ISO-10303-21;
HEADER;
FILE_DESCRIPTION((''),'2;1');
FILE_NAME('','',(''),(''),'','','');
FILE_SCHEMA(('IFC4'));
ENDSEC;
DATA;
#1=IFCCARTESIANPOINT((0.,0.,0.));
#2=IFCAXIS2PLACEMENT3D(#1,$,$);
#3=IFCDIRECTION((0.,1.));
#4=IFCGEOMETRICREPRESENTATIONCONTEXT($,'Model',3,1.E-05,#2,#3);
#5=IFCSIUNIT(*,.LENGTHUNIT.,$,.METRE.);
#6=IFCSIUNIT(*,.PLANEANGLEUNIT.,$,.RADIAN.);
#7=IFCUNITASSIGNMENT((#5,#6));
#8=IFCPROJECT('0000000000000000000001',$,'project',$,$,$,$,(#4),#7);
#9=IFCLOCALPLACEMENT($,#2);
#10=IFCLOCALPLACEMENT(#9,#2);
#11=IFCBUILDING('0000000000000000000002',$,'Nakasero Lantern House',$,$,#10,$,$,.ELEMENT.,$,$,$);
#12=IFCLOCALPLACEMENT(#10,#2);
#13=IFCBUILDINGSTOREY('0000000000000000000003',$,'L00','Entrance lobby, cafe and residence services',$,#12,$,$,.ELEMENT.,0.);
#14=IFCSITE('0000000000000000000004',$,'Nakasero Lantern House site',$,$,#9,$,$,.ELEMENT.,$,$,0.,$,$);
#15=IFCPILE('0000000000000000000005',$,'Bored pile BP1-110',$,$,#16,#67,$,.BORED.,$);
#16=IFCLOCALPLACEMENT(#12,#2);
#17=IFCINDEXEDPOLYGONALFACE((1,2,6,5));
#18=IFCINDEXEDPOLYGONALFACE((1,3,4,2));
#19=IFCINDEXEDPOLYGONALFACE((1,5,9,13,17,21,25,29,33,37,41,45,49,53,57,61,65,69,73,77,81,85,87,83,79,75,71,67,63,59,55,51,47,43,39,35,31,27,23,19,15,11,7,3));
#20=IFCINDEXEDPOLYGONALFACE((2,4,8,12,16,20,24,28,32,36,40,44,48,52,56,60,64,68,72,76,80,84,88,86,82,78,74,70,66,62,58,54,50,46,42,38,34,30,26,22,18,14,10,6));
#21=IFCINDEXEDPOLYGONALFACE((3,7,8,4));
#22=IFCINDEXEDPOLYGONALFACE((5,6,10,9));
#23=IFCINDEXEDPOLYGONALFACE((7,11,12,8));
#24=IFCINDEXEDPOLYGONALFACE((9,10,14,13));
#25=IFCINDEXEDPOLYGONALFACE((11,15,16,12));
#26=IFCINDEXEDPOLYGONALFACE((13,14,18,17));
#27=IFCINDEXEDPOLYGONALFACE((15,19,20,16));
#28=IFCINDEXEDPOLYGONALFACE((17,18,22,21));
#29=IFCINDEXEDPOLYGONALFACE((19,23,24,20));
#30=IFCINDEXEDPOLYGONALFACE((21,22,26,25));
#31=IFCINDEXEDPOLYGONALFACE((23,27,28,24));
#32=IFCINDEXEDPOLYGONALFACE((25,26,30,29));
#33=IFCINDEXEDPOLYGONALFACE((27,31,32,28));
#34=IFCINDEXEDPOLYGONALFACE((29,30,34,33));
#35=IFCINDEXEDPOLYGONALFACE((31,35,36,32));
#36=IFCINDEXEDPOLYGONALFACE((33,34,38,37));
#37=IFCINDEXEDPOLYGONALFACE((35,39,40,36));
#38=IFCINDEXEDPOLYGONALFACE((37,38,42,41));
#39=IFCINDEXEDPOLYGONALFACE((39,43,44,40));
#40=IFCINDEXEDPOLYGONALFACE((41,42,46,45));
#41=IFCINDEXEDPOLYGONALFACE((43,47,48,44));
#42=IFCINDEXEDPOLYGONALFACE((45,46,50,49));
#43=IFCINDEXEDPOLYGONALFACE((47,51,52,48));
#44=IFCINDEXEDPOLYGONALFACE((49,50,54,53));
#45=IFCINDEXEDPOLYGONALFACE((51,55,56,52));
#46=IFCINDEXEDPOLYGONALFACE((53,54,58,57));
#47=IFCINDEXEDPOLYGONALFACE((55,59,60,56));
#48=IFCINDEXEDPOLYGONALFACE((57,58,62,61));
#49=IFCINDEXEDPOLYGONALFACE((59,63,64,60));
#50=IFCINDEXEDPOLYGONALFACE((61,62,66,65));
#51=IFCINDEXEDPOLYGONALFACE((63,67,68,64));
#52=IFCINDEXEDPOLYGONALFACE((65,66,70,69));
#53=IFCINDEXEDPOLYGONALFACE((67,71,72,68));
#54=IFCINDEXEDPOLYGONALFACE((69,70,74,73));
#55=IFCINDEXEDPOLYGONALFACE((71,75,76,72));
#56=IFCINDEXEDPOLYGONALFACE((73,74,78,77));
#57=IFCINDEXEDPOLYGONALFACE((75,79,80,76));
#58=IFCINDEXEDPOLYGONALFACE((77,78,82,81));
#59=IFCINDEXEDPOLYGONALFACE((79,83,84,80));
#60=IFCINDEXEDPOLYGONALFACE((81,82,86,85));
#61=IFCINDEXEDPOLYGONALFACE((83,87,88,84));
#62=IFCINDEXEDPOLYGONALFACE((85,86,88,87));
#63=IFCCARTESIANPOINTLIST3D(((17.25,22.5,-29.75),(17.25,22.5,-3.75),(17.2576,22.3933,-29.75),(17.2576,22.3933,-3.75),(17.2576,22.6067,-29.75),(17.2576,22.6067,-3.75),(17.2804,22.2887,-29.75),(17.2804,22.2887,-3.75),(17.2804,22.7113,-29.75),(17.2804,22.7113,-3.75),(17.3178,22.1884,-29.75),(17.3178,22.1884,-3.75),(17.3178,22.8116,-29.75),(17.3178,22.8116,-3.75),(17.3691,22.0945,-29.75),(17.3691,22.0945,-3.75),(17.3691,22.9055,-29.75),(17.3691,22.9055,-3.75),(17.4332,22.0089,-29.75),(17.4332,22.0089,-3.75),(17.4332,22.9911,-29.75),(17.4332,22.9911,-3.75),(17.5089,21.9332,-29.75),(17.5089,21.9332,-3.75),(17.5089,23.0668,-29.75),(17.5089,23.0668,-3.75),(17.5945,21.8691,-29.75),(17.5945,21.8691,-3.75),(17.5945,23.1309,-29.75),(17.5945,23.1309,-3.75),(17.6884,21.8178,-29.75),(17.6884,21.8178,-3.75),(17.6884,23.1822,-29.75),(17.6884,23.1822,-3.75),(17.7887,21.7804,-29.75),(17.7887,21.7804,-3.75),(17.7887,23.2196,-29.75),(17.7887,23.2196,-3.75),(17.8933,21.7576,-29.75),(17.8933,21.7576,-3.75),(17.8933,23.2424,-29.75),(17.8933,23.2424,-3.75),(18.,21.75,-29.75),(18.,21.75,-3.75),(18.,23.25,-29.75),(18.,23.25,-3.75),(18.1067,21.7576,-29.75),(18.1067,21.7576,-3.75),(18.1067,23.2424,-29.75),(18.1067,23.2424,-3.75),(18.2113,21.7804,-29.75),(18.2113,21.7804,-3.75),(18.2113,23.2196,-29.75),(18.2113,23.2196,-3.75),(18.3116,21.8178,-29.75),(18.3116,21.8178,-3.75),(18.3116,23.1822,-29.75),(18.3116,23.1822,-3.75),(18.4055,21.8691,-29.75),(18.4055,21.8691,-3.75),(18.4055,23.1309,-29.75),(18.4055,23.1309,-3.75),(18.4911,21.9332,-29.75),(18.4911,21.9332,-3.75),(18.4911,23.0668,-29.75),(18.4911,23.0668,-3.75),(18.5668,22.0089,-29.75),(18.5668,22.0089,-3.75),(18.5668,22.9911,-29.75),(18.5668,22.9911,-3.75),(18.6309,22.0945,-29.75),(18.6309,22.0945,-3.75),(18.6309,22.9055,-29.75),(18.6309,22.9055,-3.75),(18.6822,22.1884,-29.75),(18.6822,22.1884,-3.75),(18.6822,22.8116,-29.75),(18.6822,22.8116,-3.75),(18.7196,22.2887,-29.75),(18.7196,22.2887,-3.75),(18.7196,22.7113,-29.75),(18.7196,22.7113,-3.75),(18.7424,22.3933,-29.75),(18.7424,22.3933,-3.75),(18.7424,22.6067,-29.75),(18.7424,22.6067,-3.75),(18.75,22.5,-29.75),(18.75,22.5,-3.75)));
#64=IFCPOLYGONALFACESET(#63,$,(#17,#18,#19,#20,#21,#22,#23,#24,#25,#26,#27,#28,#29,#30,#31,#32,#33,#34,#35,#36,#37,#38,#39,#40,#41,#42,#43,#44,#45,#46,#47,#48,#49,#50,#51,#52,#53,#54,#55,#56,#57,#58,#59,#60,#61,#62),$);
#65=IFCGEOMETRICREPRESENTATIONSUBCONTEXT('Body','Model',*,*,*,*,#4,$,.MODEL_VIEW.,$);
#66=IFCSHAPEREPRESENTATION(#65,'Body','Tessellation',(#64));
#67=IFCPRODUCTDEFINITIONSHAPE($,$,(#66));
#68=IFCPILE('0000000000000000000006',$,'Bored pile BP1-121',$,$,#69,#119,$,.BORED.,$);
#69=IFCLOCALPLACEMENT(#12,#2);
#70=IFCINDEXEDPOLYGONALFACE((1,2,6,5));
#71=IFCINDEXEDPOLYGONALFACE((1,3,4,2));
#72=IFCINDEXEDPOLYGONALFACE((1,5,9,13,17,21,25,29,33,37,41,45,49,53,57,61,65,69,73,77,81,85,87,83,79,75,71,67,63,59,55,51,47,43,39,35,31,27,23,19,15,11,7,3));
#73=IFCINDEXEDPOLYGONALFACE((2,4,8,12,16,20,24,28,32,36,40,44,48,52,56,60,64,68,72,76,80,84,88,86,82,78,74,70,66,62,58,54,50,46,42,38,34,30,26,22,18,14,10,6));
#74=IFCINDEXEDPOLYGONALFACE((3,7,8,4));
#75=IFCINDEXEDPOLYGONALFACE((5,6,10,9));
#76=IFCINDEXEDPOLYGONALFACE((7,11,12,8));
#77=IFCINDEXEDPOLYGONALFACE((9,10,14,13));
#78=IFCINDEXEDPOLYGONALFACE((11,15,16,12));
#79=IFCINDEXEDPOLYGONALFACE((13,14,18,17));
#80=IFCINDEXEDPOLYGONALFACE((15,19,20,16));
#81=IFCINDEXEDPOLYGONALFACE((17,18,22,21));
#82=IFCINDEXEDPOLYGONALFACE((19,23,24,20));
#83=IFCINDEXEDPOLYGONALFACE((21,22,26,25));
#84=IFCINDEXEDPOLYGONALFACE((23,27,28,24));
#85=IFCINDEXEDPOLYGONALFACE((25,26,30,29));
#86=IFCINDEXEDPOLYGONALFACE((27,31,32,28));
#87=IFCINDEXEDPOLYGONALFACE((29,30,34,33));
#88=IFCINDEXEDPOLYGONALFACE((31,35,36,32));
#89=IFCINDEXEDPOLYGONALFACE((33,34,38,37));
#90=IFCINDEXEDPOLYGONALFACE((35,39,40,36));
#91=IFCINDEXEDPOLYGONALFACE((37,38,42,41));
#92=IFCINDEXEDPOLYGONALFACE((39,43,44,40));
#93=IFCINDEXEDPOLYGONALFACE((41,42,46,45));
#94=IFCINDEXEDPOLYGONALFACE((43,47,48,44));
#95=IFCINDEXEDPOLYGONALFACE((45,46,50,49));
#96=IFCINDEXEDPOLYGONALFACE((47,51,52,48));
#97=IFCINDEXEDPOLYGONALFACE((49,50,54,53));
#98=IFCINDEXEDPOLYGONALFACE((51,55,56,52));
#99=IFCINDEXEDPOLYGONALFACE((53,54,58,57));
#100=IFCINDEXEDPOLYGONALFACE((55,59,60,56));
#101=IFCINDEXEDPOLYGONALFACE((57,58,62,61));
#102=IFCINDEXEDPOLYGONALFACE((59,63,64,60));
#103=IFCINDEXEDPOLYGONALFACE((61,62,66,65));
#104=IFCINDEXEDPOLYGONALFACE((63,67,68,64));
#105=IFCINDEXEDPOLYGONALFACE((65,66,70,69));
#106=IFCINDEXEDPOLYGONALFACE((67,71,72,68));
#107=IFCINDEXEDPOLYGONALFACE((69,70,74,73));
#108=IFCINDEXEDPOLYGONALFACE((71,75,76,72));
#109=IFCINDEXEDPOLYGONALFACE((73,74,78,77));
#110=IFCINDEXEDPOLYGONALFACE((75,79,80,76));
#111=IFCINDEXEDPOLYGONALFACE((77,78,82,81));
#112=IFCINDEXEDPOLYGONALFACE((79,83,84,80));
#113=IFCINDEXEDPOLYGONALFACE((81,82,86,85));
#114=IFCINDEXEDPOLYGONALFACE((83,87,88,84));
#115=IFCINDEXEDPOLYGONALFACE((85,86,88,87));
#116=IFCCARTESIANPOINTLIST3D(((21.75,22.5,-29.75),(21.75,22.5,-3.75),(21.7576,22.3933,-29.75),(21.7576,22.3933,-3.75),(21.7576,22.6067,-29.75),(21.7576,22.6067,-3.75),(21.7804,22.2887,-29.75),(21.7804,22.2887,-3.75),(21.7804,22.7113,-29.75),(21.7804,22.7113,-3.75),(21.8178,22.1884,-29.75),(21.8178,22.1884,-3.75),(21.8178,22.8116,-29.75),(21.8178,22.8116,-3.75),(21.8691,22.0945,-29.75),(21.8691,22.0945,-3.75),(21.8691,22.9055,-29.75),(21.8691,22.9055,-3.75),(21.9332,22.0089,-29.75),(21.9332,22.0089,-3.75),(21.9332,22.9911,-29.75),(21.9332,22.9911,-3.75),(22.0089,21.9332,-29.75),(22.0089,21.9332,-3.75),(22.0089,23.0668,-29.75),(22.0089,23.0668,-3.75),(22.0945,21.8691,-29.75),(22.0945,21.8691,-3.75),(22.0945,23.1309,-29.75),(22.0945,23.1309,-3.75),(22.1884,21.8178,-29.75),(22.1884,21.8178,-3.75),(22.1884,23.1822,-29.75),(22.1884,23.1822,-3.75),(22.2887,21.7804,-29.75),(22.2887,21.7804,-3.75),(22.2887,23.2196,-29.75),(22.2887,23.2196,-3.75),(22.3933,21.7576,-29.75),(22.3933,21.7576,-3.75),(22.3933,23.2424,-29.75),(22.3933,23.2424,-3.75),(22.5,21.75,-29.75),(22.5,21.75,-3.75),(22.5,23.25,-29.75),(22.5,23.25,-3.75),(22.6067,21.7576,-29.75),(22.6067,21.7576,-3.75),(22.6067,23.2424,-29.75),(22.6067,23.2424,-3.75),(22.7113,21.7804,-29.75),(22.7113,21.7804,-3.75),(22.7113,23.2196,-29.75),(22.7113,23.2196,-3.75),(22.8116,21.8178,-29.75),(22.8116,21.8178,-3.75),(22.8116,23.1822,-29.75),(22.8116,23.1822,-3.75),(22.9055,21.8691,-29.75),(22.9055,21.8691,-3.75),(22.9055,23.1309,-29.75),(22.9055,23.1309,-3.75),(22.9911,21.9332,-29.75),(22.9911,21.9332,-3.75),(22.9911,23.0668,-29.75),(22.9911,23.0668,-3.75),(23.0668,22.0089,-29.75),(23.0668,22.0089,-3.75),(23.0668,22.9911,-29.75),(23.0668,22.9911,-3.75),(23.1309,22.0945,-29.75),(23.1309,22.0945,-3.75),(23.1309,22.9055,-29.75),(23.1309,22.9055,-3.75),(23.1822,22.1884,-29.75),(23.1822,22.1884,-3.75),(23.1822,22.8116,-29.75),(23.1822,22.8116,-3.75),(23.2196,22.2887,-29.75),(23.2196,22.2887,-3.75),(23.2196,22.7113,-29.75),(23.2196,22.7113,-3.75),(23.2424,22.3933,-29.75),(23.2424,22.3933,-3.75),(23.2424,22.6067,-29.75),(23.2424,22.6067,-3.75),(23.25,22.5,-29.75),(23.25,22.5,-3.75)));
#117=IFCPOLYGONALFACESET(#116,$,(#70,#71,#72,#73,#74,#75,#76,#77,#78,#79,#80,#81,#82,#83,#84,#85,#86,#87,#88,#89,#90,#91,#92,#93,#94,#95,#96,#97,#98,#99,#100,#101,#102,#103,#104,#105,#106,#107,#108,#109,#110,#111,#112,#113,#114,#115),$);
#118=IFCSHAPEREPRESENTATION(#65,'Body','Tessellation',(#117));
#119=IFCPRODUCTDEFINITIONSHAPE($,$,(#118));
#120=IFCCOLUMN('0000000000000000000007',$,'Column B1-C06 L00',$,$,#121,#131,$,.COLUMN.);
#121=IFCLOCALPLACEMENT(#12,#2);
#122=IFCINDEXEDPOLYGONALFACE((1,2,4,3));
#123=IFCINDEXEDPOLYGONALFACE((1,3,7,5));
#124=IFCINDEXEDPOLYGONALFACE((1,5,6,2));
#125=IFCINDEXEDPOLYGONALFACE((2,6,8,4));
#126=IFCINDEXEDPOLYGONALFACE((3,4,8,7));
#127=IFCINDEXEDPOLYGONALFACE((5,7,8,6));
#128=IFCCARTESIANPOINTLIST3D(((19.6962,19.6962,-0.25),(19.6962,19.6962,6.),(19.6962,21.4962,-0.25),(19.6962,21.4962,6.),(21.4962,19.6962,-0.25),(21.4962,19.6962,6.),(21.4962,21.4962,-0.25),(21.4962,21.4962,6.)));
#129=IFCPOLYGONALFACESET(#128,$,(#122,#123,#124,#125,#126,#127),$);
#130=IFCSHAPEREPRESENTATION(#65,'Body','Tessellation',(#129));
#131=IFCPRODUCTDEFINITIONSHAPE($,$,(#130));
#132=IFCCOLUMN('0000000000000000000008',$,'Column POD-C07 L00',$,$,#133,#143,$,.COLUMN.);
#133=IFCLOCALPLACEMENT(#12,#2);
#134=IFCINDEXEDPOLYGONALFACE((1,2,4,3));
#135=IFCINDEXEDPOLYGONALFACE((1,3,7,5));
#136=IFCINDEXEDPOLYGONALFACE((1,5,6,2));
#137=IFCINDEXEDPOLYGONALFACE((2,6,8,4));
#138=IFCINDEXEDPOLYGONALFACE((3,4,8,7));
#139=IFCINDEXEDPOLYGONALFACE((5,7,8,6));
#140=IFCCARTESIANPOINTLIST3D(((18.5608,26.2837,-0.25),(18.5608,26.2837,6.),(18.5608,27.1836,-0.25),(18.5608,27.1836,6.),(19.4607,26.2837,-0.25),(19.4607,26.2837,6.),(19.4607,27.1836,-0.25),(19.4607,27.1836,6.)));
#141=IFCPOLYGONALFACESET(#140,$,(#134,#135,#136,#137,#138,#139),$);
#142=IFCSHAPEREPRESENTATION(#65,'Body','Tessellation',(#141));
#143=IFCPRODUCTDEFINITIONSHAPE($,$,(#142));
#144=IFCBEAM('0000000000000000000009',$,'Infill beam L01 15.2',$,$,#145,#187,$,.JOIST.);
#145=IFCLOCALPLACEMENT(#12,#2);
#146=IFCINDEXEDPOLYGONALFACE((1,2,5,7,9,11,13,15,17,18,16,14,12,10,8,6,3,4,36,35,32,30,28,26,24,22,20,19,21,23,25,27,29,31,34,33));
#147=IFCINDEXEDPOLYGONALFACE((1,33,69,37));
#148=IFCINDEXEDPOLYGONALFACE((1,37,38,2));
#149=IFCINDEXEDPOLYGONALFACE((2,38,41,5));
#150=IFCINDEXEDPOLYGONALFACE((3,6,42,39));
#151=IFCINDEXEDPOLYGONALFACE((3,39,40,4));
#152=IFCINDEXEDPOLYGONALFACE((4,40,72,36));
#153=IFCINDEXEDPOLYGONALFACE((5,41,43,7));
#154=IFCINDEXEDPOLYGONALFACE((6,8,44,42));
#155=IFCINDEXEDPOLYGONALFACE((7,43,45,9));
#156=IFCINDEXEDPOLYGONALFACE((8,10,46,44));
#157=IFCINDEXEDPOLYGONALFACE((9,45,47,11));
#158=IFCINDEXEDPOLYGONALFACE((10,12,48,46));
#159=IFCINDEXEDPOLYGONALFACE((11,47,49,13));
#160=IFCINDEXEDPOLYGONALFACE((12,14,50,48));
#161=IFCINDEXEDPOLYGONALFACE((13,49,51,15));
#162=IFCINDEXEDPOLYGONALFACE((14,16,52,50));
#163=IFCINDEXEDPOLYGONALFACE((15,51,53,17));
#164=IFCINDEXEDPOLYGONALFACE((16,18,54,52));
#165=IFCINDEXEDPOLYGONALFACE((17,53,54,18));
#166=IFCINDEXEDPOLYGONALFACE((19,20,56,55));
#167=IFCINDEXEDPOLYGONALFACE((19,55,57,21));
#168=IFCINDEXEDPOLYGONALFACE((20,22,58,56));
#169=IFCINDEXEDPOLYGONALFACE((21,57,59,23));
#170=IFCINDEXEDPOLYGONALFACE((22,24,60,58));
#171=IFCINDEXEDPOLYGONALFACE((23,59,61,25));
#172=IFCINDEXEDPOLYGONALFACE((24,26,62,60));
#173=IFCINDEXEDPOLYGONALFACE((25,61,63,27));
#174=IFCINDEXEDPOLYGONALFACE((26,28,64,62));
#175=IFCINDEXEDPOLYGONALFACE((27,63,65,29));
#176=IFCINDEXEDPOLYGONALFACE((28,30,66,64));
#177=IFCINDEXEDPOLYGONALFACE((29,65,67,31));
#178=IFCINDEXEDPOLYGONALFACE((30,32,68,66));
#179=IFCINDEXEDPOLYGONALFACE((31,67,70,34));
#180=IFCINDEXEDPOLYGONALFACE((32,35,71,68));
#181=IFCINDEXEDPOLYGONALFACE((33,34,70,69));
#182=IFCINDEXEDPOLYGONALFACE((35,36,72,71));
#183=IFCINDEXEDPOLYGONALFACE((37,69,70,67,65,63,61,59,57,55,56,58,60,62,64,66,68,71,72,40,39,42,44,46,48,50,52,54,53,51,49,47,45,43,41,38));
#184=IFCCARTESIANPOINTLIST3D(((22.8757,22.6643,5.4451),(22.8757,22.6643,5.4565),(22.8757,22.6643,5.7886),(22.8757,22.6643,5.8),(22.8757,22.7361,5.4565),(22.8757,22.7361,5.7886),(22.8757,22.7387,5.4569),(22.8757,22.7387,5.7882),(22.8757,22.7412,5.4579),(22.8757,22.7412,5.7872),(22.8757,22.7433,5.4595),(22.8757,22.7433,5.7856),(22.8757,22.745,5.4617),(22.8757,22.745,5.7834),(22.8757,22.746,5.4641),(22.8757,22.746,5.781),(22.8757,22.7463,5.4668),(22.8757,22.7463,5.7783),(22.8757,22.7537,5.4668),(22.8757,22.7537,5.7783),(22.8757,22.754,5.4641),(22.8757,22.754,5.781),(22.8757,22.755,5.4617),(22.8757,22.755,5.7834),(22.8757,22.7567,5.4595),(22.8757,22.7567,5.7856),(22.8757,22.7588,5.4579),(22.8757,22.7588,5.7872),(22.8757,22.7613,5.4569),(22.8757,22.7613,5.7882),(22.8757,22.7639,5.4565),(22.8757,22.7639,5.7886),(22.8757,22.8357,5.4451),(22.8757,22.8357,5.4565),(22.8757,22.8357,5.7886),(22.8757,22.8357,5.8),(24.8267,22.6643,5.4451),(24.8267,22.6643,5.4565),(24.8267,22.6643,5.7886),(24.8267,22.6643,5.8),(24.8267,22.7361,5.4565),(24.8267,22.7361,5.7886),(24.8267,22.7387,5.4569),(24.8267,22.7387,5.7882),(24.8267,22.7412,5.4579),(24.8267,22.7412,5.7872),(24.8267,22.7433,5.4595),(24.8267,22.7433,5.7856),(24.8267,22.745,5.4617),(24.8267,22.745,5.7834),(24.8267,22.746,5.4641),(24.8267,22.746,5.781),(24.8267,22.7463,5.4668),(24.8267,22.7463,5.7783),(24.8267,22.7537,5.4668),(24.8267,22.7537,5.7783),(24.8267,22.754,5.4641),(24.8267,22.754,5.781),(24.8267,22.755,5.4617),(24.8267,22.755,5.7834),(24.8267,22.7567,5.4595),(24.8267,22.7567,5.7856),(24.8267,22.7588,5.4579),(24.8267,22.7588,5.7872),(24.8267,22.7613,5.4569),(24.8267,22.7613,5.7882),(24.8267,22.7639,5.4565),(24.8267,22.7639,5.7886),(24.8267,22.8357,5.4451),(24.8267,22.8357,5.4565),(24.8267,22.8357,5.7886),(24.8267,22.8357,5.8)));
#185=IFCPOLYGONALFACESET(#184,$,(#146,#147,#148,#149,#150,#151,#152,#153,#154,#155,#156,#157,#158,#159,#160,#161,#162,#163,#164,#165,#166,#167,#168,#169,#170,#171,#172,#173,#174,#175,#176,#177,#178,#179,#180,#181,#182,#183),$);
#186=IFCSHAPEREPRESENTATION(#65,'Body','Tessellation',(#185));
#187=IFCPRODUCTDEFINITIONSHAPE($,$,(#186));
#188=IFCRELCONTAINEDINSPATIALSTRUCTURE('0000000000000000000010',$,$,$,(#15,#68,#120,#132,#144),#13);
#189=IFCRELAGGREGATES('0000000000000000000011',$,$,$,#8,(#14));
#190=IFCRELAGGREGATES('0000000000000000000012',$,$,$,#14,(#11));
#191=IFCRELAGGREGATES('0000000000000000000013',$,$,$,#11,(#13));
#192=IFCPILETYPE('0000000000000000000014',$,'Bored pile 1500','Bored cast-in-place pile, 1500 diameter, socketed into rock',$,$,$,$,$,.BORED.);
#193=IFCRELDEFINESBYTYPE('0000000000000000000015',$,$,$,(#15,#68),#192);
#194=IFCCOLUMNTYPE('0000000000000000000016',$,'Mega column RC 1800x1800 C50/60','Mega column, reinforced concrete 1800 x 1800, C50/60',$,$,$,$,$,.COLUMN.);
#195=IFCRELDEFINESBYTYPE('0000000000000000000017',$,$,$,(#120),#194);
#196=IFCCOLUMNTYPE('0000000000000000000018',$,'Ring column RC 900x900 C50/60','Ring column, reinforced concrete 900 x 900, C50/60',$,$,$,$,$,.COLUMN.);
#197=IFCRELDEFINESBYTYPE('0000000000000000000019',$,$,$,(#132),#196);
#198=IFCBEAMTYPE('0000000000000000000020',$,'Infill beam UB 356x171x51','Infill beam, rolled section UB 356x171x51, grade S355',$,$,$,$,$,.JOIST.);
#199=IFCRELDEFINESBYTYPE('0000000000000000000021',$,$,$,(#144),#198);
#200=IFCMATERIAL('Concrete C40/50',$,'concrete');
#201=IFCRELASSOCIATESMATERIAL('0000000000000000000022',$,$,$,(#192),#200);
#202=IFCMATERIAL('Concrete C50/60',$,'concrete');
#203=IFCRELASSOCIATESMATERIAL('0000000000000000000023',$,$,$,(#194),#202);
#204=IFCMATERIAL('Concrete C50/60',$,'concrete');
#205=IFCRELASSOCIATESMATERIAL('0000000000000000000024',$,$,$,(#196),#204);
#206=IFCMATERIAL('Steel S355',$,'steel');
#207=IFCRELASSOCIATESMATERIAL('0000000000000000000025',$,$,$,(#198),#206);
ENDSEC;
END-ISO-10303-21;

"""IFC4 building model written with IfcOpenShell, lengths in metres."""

from ifc_helpers import new_model, si_unit, direction, frame, origin, origin_2d, place, context, subcontext, project, spatial, rectangle, circle, i_section, extrude, material, material_profile, profile_set, type_object, element, save


model = new_model("IFC4")

# Units and contexts
model_context = context("Model", 3, precision=1e-05, world=origin(), true_north=direction((0.0, 1.0)))
body_context = subcontext(model_context, "Body", "Model", "MODEL_VIEW")
ifc_project = project(units=[si_unit("LENGTHUNIT", "METRE"), si_unit("PLANEANGLEUNIT", "RADIAN")], contexts=[model_context])

# Site, building, storey
site_placement = place(None, origin())
site = spatial("IfcSite", under=ifc_project, at=site_placement, Name="Nakasero Lantern House site", CompositionType="ELEMENT", RefElevation=0.0)
building_placement = place(site_placement, origin())
building = spatial("IfcBuilding", under=site, at=building_placement, Name="Nakasero Lantern House", CompositionType="ELEMENT")
storey_placement = place(building_placement, origin())
storey = spatial("IfcBuildingStorey", under=building, at=storey_placement, Name="L00", Description="Entrance lobby, cafe and residence services", CompositionType="ELEMENT", Elevation=0.0)

# Piles
ifc_material_1 = material(Name="Concrete C40/50", Category="concrete")
pile_type = type_object("IfcPileType", Name="Bored pile 1500", Description="Bored cast-in-place pile, 1500 diameter, socketed into rock", PredefinedType="BORED", material=ifc_material_1)
for number, where, z_axis, x_axis, name in (
    (1, (18.0, 22.5, -3.75), (0.0, 0.0, -1.0), (1.0, 0.0, 0.0), "Bored pile BP1-110"),
    (2, (22.5, 22.5, -3.75), (0.0, 0.0, -1.0), (1.0, 0.0, 0.0), "Bored pile BP1-121"),
):
    element("IfcPile", number, at=place(storey_placement, frame(where, z_axis=z_axis, x_axis=x_axis)), inside=storey, type_object=pile_type, Name=name, PredefinedType="BORED", context=body_context, shape_type="SweptSolid", body=[
        extrude(circle(Radius=0.75, at=origin_2d()), origin(), (0.0, 0.0, 1.0), 26.0),
    ])

# Columns
ifc_material_2 = material(Name="Concrete C50/60", Category="concrete")
ifc_material_profile_1 = material_profile(ifc_material_2, rectangle(XDim=1.8, YDim=1.8, at=origin_2d()), Name="RC 1800x1800")
ifc_profile_set_1 = profile_set([ifc_material_profile_1], Name="Concrete C50/60")
column_type_1 = type_object("IfcColumnType", Name="Mega column RC 1800x1800 C50/60", Description="Mega column, reinforced concrete 1800 x 1800, C50/60", PredefinedType="COLUMN", material=ifc_profile_set_1)
column_1_placement = place(storey_placement, frame((20.5962, 20.5962, -0.25), z_axis=(0.0, 0.0, 1.0), x_axis=(1.0, 0.0, 0.0)))
element("IfcColumn", 3, at=column_1_placement, inside=storey, type_object=column_type_1, Name="Column B1-C06 L00", PredefinedType="COLUMN", context=body_context, shape_type="SweptSolid", body=[
    extrude(rectangle(XDim=1.8, YDim=1.8, at=origin_2d()), origin(), (0.0, 0.0, 1.0), 6.25),
])
ifc_material_3 = material(Name="Concrete C50/60", Category="concrete")
ifc_material_profile_2 = material_profile(ifc_material_3, rectangle(XDim=0.8999, YDim=0.8999, at=origin_2d()), Name="RC 900x900")
ifc_profile_set_2 = profile_set([ifc_material_profile_2], Name="Concrete C50/60")
column_type_2 = type_object("IfcColumnType", Name="Ring column RC 900x900 C50/60", Description="Ring column, reinforced concrete 900 x 900, C50/60", PredefinedType="COLUMN", material=ifc_profile_set_2)
column_2_placement = place(storey_placement, frame((19.0107, 26.7336, -0.25), z_axis=(0.0, 0.0, 1.0), x_axis=(1.0, 0.0, 0.0)))
element("IfcColumn", 4, at=column_2_placement, inside=storey, type_object=column_type_2, Name="Column POD-C07 L00", PredefinedType="COLUMN", context=body_context, shape_type="SweptSolid", body=[
    extrude(rectangle(XDim=0.8999, YDim=0.8999, at=origin_2d()), origin(), (0.0, 0.0, 1.0), 6.25),
])

# Beam
ifc_material_4 = material(Name="Steel S355", Category="steel")
ifc_material_profile_3 = material_profile(ifc_material_4, i_section(OverallWidth=0.1714, OverallDepth=0.355, WebThickness=0.0073, FlangeThickness=0.0115, FilletRadius=0.0103, at=origin_2d()), Name="UB 356x171x51")
ifc_profile_set_3 = profile_set([ifc_material_profile_3], Name="Steel S355")
beam_type_1 = type_object("IfcBeamType", Name="Infill beam UB 356x171x51", Description="Infill beam, rolled section UB 356x171x51, grade S355", PredefinedType="JOIST", material=ifc_profile_set_3)
beam_1_placement = place(storey_placement, frame((22.8757, 22.75, 5.6226), z_axis=(1.0, 0.0, 0.0), x_axis=(0.0, 1.0, 0.0)))
element("IfcBeam", 5, at=beam_1_placement, inside=storey, type_object=beam_type_1, Name="Infill beam L01 15.2", PredefinedType="JOIST", context=body_context, shape_type="SweptSolid", body=[
    extrude(i_section(OverallWidth=0.1714, OverallDepth=0.355, WebThickness=0.0073, FlangeThickness=0.0115, FilletRadius=0.0103, at=origin_2d()), origin(), (0.0, 0.0, 1.0), 1.9509),
])

save(model, "model.ifc")
